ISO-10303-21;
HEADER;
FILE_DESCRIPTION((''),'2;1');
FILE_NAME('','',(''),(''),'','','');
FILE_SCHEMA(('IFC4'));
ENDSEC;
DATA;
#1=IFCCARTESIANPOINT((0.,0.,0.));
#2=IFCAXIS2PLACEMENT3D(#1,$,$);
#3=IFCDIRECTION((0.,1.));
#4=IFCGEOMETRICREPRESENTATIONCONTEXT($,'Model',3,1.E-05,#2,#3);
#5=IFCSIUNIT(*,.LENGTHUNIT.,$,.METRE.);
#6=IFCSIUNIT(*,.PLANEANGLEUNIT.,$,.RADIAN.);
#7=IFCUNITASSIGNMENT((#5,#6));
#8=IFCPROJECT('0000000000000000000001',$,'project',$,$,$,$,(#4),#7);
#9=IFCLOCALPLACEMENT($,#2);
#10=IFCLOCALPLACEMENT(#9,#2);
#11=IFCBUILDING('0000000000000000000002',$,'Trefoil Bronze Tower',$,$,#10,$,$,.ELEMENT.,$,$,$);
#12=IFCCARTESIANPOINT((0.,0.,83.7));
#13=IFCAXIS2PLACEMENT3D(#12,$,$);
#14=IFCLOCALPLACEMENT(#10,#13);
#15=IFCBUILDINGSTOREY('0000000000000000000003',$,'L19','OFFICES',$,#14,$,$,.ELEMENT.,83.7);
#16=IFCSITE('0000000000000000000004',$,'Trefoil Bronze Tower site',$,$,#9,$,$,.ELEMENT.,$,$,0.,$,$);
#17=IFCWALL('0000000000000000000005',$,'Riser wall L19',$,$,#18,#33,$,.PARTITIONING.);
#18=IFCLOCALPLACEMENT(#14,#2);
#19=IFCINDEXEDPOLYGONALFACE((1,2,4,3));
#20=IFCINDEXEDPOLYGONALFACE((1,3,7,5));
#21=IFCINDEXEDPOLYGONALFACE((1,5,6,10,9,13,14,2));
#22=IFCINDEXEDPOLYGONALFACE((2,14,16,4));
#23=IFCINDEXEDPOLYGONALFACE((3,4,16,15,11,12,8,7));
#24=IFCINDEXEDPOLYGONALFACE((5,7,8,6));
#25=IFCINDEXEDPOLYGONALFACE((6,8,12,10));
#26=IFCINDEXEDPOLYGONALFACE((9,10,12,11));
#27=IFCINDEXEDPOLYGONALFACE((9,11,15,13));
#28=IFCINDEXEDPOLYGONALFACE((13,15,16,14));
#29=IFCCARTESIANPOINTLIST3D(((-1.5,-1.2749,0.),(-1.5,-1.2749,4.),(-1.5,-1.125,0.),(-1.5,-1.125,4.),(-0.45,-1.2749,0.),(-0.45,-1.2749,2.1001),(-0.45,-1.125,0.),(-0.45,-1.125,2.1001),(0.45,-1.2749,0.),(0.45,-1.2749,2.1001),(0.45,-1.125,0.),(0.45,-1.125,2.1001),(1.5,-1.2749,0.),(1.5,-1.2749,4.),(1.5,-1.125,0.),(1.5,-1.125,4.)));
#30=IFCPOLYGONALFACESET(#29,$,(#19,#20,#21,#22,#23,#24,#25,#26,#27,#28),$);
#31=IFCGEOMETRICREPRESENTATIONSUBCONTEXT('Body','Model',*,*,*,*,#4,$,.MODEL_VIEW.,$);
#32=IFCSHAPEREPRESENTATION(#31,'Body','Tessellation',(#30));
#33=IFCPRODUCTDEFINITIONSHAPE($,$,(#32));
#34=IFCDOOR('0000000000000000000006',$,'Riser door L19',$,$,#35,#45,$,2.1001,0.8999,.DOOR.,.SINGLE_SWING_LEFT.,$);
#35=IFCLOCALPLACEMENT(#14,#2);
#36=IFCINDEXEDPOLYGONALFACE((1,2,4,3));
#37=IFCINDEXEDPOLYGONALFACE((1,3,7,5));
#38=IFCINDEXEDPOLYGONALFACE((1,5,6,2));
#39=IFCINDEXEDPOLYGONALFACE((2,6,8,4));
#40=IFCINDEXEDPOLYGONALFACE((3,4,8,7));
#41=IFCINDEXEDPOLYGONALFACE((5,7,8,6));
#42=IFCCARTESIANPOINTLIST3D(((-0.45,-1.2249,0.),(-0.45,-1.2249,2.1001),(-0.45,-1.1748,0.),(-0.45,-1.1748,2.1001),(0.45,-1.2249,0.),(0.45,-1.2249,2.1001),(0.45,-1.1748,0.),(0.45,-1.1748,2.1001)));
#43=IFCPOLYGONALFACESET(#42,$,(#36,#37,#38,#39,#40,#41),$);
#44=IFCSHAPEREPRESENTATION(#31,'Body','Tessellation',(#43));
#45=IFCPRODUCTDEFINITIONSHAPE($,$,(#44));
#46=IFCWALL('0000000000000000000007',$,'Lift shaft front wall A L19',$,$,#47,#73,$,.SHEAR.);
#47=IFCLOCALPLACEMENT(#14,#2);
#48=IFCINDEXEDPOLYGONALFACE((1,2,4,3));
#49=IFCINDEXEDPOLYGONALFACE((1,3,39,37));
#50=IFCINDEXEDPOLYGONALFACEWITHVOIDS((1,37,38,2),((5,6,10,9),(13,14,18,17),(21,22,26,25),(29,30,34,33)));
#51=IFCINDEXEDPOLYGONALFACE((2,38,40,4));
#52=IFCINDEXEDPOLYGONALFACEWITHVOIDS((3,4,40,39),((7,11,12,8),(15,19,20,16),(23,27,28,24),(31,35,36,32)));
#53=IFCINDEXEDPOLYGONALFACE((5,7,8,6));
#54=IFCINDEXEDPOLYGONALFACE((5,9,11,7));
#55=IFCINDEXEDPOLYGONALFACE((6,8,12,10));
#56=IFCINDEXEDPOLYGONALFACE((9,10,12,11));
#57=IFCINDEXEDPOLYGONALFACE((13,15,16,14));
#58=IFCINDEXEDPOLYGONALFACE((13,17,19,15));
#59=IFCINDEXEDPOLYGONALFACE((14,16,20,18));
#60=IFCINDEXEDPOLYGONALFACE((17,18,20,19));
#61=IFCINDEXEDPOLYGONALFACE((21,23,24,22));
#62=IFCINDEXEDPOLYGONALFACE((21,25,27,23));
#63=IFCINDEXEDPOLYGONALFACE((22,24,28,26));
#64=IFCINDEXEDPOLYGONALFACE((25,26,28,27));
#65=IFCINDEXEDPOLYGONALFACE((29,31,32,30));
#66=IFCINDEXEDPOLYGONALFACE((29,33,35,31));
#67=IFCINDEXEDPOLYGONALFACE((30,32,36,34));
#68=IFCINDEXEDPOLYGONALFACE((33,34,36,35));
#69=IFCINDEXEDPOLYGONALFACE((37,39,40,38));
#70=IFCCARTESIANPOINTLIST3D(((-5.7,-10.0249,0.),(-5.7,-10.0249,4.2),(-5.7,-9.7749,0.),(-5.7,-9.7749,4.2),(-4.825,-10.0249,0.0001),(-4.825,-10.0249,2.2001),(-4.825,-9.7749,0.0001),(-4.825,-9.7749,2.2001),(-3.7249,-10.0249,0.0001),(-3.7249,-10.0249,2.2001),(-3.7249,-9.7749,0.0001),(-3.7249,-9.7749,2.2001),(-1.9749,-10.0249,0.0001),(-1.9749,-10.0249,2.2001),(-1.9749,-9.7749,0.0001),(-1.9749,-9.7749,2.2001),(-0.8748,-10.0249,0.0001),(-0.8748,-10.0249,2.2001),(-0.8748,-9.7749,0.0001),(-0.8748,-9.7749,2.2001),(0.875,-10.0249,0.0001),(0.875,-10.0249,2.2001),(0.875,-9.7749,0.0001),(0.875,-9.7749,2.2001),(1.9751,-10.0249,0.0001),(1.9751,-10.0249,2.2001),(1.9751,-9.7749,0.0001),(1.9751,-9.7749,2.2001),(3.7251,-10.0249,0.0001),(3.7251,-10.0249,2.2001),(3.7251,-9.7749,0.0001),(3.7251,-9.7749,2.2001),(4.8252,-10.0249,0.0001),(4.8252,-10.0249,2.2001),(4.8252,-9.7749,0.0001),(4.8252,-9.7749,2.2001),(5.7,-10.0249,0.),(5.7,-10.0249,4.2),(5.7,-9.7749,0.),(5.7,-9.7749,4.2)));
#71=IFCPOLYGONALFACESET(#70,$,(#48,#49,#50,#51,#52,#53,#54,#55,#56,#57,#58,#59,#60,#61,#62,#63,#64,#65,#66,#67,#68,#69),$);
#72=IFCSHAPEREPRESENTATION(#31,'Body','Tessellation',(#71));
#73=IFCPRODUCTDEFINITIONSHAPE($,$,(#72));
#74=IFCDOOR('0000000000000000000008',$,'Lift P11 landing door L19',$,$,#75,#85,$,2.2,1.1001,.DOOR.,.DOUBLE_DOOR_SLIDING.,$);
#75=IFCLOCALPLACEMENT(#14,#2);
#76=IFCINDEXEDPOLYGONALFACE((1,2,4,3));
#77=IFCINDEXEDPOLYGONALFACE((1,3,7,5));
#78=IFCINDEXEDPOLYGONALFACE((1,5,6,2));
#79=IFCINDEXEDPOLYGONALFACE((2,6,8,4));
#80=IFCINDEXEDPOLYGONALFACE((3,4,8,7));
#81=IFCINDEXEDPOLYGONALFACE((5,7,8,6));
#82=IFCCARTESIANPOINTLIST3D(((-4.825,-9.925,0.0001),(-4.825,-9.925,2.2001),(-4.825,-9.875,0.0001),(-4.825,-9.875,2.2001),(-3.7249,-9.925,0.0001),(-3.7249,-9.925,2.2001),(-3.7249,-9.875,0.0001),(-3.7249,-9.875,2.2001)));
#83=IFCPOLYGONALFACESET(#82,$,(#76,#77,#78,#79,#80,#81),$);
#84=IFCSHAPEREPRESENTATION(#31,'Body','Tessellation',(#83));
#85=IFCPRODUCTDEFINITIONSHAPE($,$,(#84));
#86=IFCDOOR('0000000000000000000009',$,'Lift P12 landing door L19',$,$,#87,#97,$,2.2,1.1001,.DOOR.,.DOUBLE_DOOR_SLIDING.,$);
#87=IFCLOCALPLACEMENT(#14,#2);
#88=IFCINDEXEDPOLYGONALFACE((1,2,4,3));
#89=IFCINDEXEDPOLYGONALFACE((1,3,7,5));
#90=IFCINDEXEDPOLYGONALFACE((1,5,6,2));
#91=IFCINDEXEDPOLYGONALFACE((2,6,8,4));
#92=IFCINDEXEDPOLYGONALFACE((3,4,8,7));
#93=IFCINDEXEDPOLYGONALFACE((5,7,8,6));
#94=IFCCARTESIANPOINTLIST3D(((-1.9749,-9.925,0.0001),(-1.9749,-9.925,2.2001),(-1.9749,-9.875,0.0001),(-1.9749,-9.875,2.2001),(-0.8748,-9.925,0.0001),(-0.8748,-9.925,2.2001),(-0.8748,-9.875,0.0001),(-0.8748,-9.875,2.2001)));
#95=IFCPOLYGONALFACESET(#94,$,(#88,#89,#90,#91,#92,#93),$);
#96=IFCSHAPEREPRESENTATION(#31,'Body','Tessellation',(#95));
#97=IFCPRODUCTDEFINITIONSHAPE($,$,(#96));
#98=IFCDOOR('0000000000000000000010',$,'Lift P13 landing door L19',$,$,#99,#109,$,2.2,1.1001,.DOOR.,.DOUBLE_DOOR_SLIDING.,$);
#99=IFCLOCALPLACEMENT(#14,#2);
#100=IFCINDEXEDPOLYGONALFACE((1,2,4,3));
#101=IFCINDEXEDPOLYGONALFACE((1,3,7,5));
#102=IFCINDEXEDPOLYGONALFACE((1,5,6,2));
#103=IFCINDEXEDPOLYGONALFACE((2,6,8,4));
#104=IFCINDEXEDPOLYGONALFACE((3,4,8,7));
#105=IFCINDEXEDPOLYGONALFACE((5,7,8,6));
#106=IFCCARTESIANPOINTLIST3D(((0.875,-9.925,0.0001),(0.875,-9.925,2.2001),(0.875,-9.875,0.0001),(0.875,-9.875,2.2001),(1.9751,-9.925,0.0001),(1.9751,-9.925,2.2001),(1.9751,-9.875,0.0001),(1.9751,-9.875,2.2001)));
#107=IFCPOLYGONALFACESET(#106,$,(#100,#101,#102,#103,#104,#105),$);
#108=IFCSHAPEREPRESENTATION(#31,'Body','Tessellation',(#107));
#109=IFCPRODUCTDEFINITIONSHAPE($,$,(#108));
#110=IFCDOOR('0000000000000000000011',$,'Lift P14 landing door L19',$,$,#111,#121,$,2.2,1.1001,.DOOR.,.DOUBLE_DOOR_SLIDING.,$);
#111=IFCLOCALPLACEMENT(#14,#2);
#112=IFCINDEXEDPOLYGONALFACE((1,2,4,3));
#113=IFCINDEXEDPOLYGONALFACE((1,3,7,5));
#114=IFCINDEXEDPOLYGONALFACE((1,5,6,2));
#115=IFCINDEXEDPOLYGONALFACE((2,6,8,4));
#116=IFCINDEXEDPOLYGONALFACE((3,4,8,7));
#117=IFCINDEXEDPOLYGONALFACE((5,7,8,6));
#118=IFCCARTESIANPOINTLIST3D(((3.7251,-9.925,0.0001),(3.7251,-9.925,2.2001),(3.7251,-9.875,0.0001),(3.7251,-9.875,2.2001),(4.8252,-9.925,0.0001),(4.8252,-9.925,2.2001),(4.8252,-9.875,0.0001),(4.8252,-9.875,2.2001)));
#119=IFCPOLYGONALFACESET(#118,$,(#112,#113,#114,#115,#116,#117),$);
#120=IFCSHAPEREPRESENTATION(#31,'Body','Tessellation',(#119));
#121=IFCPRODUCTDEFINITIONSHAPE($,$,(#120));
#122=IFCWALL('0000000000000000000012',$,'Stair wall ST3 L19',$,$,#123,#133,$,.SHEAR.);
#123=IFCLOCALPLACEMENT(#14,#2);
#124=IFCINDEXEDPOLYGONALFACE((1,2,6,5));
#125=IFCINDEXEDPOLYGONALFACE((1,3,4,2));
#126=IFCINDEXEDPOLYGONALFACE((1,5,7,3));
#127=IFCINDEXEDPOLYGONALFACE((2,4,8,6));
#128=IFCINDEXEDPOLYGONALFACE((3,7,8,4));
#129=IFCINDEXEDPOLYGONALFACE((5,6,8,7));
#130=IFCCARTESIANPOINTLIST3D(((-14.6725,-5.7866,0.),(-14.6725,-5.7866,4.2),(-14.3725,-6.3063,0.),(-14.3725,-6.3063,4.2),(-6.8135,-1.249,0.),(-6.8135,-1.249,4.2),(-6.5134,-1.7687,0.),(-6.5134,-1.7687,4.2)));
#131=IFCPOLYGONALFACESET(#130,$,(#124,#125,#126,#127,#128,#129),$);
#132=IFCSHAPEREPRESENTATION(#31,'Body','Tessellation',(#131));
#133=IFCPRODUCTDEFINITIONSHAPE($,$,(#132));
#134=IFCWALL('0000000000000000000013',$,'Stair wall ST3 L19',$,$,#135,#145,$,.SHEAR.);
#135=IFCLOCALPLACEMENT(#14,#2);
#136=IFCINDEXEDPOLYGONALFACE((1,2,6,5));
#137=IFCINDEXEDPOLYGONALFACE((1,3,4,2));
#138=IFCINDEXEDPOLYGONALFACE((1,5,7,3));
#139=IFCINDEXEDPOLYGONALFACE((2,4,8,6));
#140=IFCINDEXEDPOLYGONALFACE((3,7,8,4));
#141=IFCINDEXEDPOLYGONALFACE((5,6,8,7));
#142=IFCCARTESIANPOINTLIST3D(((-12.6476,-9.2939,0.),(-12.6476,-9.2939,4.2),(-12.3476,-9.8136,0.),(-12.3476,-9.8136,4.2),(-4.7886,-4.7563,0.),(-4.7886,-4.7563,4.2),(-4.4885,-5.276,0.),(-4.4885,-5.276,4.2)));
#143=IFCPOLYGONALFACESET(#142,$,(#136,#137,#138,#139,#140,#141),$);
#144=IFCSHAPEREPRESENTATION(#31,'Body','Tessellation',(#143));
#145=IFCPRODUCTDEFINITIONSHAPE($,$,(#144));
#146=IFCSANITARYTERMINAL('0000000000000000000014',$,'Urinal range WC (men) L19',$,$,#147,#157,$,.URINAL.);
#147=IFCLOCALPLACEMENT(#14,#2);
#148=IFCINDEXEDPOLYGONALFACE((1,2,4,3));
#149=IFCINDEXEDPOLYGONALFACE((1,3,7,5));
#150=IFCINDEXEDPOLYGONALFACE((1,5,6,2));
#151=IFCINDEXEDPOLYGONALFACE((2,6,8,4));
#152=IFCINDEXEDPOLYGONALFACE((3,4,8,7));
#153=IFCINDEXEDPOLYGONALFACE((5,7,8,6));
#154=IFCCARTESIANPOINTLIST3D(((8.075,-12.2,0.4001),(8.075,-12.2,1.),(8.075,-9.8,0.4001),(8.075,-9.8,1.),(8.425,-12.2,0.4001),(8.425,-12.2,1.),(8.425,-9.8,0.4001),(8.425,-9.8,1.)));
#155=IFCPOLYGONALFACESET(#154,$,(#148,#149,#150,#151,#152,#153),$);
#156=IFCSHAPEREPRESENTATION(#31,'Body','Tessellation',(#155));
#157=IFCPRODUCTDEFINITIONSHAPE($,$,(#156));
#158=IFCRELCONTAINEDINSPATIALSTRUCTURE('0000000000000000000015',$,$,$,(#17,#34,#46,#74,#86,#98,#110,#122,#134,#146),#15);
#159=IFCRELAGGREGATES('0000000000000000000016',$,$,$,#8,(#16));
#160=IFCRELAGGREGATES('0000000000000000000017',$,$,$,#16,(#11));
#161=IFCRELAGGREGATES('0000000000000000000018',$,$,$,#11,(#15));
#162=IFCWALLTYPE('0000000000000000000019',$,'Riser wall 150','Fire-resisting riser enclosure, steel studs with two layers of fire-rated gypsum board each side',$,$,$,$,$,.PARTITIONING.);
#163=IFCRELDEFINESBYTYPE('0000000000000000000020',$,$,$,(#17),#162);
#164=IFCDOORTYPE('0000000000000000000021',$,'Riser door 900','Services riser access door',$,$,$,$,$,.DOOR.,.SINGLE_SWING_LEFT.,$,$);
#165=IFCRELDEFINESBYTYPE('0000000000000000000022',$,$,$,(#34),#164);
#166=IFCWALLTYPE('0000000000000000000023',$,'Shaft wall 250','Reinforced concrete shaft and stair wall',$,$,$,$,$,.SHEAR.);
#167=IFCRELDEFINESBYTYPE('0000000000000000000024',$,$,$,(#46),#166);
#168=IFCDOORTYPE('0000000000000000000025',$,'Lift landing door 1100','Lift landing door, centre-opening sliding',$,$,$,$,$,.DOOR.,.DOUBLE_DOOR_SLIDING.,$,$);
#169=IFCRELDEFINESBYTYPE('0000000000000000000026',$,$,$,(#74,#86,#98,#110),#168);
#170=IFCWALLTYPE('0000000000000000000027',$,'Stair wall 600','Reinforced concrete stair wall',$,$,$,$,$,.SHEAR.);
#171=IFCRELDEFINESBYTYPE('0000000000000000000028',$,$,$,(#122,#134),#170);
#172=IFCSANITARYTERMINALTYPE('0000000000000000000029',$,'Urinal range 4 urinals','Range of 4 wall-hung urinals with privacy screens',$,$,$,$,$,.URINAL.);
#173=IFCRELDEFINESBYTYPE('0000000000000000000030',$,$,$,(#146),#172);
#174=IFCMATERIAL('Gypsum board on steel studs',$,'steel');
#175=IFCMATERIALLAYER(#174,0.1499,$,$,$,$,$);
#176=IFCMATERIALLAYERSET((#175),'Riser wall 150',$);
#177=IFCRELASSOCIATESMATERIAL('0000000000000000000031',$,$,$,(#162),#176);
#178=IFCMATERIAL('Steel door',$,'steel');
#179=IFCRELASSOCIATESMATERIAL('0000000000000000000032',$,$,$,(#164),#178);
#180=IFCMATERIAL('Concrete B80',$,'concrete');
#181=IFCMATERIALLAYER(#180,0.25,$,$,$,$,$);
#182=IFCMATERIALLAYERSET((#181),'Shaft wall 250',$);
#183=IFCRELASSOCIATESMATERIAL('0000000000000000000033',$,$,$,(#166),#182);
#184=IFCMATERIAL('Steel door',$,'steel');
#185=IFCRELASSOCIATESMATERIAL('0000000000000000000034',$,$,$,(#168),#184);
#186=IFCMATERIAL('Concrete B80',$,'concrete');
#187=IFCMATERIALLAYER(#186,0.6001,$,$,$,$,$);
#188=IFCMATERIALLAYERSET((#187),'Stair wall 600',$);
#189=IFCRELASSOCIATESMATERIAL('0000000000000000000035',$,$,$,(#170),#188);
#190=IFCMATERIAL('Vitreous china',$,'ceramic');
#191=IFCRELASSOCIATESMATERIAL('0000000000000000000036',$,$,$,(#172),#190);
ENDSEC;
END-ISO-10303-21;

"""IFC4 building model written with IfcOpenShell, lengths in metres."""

from ifc_helpers import new_model, si_unit, direction, frame, frame_2d, origin, place, context, subcontext, project, spatial, polyline, rectangle, outline, extrude, material, layer, layer_set, type_object, element, fill, save


model = new_model("IFC4")

# Units and contexts
model_context = context("Model", 3, precision=1e-05, world=origin(), true_north=direction((0.0, 1.0)))
body_context = subcontext(model_context, "Body", "Model", "MODEL_VIEW")
ifc_project = project(units=[si_unit("LENGTHUNIT", "METRE"), si_unit("PLANEANGLEUNIT", "RADIAN")], contexts=[model_context])

# Site, building, storey
site_placement = place(None, origin())
site = spatial("IfcSite", under=ifc_project, at=site_placement, Name="Trefoil Bronze Tower site", CompositionType="ELEMENT", RefElevation=0.0)
building_placement = place(site_placement, origin())
building = spatial("IfcBuilding", under=site, at=building_placement, Name="Trefoil Bronze Tower", CompositionType="ELEMENT")
storey_placement = place(building_placement, frame((0.0, 0.0, 83.7)))
storey = spatial("IfcBuildingStorey", under=building, at=storey_placement, Name="L19", Description="OFFICES", CompositionType="ELEMENT", Elevation=83.7)

# Wall, opening, door
ifc_material_1 = material(Name="Gypsum board on steel studs", Category="steel")
ifc_layer_1 = layer(ifc_material_1, 0.1499)
ifc_layer_set_1 = layer_set([ifc_layer_1], Name="Riser wall 150")
wall_type_1 = type_object("IfcWallType", Name="Riser wall 150", Description="Fire-resisting riser enclosure, steel studs with two layers of fire-rated gypsum board each side", PredefinedType="PARTITIONING", material=ifc_layer_set_1)
wall_1_placement = place(storey_placement, frame((-1.5, -1.2, 0.0), z_axis=(0.0, 0.0, 1.0), x_axis=(1.0, 0.0, 0.0)))
wall_1 = element("IfcWall", 1, at=wall_1_placement, inside=storey, type_object=wall_type_1, Name="Riser wall L19", PredefinedType="PARTITIONING", context=body_context, shape_type="SweptSolid", body=[
    extrude(rectangle(XDim=3.0, YDim=0.1499, at=frame_2d((1.5, 0.0))), origin(), (0.0, 0.0, 1.0), 4.0),
])
opening_1_placement = place(wall_1_placement, frame((1.05, 0.0, 0.0)))
opening_1 = element("IfcOpeningElement", 2, at=opening_1_placement, cuts=wall_1, PredefinedType="OPENING", context=body_context, shape_type="SweptSolid", body=[
    extrude(rectangle(XDim=0.8999, YDim=2.1001, at=frame_2d((0.45, 1.05))), frame((0.0, 0.085, 0.0), z_axis=(0.0, -1.0, 0.0), x_axis=(1.0, 0.0, 0.0)), (0.0, 0.0, 1.0), 0.1699),
])
ifc_material_2 = material(Name="Steel door", Category="steel")
door_type_1 = type_object("IfcDoorType", Name="Riser door 900", Description="Services riser access door", OperationType="SINGLE_SWING_LEFT", PredefinedType="DOOR", material=ifc_material_2)
door_1_placement = place(opening_1_placement, frame((0.8999, 0.0, 0.0), z_axis=(0.0, 0.0, 1.0), x_axis=(-1.0, 0.0, 0.0)))
door_1 = element("IfcDoor", 3, at=door_1_placement, inside=storey, type_object=door_type_1, Name="Riser door L19", OperationType="SINGLE_SWING_LEFT", OverallHeight=2.1001, OverallWidth=0.8999, PredefinedType="DOOR", context=body_context, shape_type="SweptSolid", body=[
    extrude(rectangle(XDim=0.8999, YDim=2.1001, at=frame_2d((0.45, 1.05))), frame((0.0, 0.0249, 0.0), z_axis=(0.0, -1.0, 0.0), x_axis=(1.0, 0.0, 0.0)), (0.0, 0.0, 1.0), 0.05),
])
fill(opening_1, door_1)

# Wall, openings, doors
ifc_material_3 = material(Name="Concrete B80", Category="concrete")
ifc_layer_2 = layer(ifc_material_3, 0.25)
ifc_layer_set_2 = layer_set([ifc_layer_2], Name="Shaft wall 250")
wall_type_2 = type_object("IfcWallType", Name="Shaft wall 250", Description="Reinforced concrete shaft and stair wall", PredefinedType="SHEAR", material=ifc_layer_set_2)
wall_2_placement = place(storey_placement, frame((-5.7, -9.8999, 0.0), z_axis=(0.0, 0.0, 1.0), x_axis=(1.0, 0.0, 0.0)))
wall_2 = element("IfcWall", 4, at=wall_2_placement, inside=storey, type_object=wall_type_2, Name="Lift shaft front wall A L19", PredefinedType="SHEAR", context=body_context, shape_type="SweptSolid", body=[
    extrude(rectangle(XDim=11.3999, YDim=0.25, at=frame_2d((5.7, 0.0))), origin(), (0.0, 0.0, 1.0), 4.2),
])
opening_2_placement = place(wall_2_placement, frame((0.875, 0.0, 0.0)))
opening_2 = element("IfcOpeningElement", 5, at=opening_2_placement, cuts=wall_2, PredefinedType="OPENING", context=body_context, shape_type="SweptSolid", body=[
    extrude(rectangle(XDim=1.1001, YDim=2.2, at=frame_2d((0.55, 1.1001))), frame((0.0, 0.135, 0.0), z_axis=(0.0, -1.0, 0.0), x_axis=(1.0, 0.0, 0.0)), (0.0, 0.0, 1.0), 0.27),
])
opening_3_placement = place(wall_2_placement, frame((3.7251, 0.0, 0.0)))
opening_3 = element("IfcOpeningElement", 6, at=opening_3_placement, cuts=wall_2, PredefinedType="OPENING", context=body_context, shape_type="SweptSolid", body=[
    extrude(rectangle(XDim=1.1001, YDim=2.2, at=frame_2d((0.55, 1.1001))), frame((0.0, 0.135, 0.0), z_axis=(0.0, -1.0, 0.0), x_axis=(1.0, 0.0, 0.0)), (0.0, 0.0, 1.0), 0.27),
])
opening_4_placement = place(wall_2_placement, frame((6.575, 0.0, 0.0)))
opening_4 = element("IfcOpeningElement", 7, at=opening_4_placement, cuts=wall_2, PredefinedType="OPENING", context=body_context, shape_type="SweptSolid", body=[
    extrude(rectangle(XDim=1.1001, YDim=2.2, at=frame_2d((0.55, 1.1001))), frame((0.0, 0.135, 0.0), z_axis=(0.0, -1.0, 0.0), x_axis=(1.0, 0.0, 0.0)), (0.0, 0.0, 1.0), 0.27),
])
opening_5_placement = place(wall_2_placement, frame((9.425, 0.0, 0.0)))
opening_5 = element("IfcOpeningElement", 8, at=opening_5_placement, cuts=wall_2, PredefinedType="OPENING", context=body_context, shape_type="SweptSolid", body=[
    extrude(rectangle(XDim=1.1001, YDim=2.2, at=frame_2d((0.55, 1.1001))), frame((0.0, 0.135, 0.0), z_axis=(0.0, -1.0, 0.0), x_axis=(1.0, 0.0, 0.0)), (0.0, 0.0, 1.0), 0.27),
])
ifc_material_4 = material(Name="Steel door", Category="steel")
door_type_2 = type_object("IfcDoorType", Name="Lift landing door 1100", Description="Lift landing door, centre-opening sliding", OperationType="DOUBLE_DOOR_SLIDING", PredefinedType="DOOR", material=ifc_material_4)
door_2_placement = place(opening_2_placement, origin())
door_2 = element("IfcDoor", 9, at=door_2_placement, inside=storey, type_object=door_type_2, Name="Lift P11 landing door L19", OperationType="DOUBLE_DOOR_SLIDING", OverallHeight=2.2, OverallWidth=1.1001, PredefinedType="DOOR", context=body_context, shape_type="SweptSolid", body=[
    extrude(rectangle(XDim=1.1001, YDim=2.2, at=frame_2d((0.55, 1.1001))), frame((0.0, 0.0249, 0.0), z_axis=(0.0, -1.0, 0.0), x_axis=(1.0, 0.0, 0.0)), (0.0, 0.0, 1.0), 0.05),
])
fill(opening_2, door_2)
door_3_placement = place(opening_3_placement, origin())
door_3 = element("IfcDoor", 10, at=door_3_placement, inside=storey, type_object=door_type_2, Name="Lift P12 landing door L19", OperationType="DOUBLE_DOOR_SLIDING", OverallHeight=2.2, OverallWidth=1.1001, PredefinedType="DOOR", context=body_context, shape_type="SweptSolid", body=[
    extrude(rectangle(XDim=1.1001, YDim=2.2, at=frame_2d((0.55, 1.1001))), frame((0.0, 0.0249, 0.0), z_axis=(0.0, -1.0, 0.0), x_axis=(1.0, 0.0, 0.0)), (0.0, 0.0, 1.0), 0.05),
])
fill(opening_3, door_3)
door_4_placement = place(opening_4_placement, origin())
door_4 = element("IfcDoor", 11, at=door_4_placement, inside=storey, type_object=door_type_2, Name="Lift P13 landing door L19", OperationType="DOUBLE_DOOR_SLIDING", OverallHeight=2.2, OverallWidth=1.1001, PredefinedType="DOOR", context=body_context, shape_type="SweptSolid", body=[
    extrude(rectangle(XDim=1.1001, YDim=2.2, at=frame_2d((0.55, 1.1001))), frame((0.0, 0.0249, 0.0), z_axis=(0.0, -1.0, 0.0), x_axis=(1.0, 0.0, 0.0)), (0.0, 0.0, 1.0), 0.05),
])
fill(opening_4, door_4)
door_5_placement = place(opening_5_placement, origin())
door_5 = element("IfcDoor", 12, at=door_5_placement, inside=storey, type_object=door_type_2, Name="Lift P14 landing door L19", OperationType="DOUBLE_DOOR_SLIDING", OverallHeight=2.2, OverallWidth=1.1001, PredefinedType="DOOR", context=body_context, shape_type="SweptSolid", body=[
    extrude(rectangle(XDim=1.1001, YDim=2.2, at=frame_2d((0.55, 1.1001))), frame((0.0, 0.0249, 0.0), z_axis=(0.0, -1.0, 0.0), x_axis=(1.0, 0.0, 0.0)), (0.0, 0.0, 1.0), 0.05),
])
fill(opening_5, door_5)

# Walls
ifc_material_5 = material(Name="Concrete B80", Category="concrete")
ifc_layer_3 = layer(ifc_material_5, 0.6001)
ifc_layer_set_3 = layer_set([ifc_layer_3], Name="Stair wall 600")
wall_type_3 = type_object("IfcWallType", Name="Stair wall 600", Description="Reinforced concrete stair wall", PredefinedType="SHEAR", material=ifc_layer_set_3)
for number, where, z_axis, x_axis, name in (
    (13, (-6.6633, -1.5088, 0.0), (0.0, 0.0, 1.0), (-0.866019, -0.50001, 0.0), "Stair wall ST3 L19"),
    (14, (-4.6384, -5.0161, 0.0), (0.0, 0.0, 1.0), (-0.866019, -0.50001, 0.0), "Stair wall ST3 L19"),
):
    element("IfcWall", number, at=place(storey_placement, frame(where, z_axis=z_axis, x_axis=x_axis)), inside=storey, type_object=wall_type_3, Name=name, PredefinedType="SHEAR", context=body_context, shape_type="SweptSolid", body=[
        extrude(rectangle(XDim=9.075, YDim=0.6001, at=frame_2d((4.5376, 0.0))), origin(), (0.0, 0.0, 1.0), 4.2),
    ])

# Sanitary terminal
ifc_material_6 = material(Name="Vitreous china", Category="ceramic")
sanitary_terminal_type_1 = type_object("IfcSanitaryTerminalType", Name="Urinal range 4 urinals", Description="Range of 4 wall-hung urinals with privacy screens", PredefinedType="URINAL", material=ifc_material_6)
sanitary_terminal_1_placement = place(storey_placement, frame((0.0, 0.0, 0.4001)))
element("IfcSanitaryTerminal", 15, at=sanitary_terminal_1_placement, inside=storey, type_object=sanitary_terminal_type_1, Name="Urinal range WC (men) L19", PredefinedType="URINAL", context=body_context, shape_type="SweptSolid", body=[
    extrude(outline(polyline([(8.075, -9.8), (8.425, -9.8), (8.425, -12.2), (8.075, -12.2), (8.075, -9.8)])), origin(), (0.0, 0.0, 1.0), 0.5999),
])

save(model, "model.ifc")
